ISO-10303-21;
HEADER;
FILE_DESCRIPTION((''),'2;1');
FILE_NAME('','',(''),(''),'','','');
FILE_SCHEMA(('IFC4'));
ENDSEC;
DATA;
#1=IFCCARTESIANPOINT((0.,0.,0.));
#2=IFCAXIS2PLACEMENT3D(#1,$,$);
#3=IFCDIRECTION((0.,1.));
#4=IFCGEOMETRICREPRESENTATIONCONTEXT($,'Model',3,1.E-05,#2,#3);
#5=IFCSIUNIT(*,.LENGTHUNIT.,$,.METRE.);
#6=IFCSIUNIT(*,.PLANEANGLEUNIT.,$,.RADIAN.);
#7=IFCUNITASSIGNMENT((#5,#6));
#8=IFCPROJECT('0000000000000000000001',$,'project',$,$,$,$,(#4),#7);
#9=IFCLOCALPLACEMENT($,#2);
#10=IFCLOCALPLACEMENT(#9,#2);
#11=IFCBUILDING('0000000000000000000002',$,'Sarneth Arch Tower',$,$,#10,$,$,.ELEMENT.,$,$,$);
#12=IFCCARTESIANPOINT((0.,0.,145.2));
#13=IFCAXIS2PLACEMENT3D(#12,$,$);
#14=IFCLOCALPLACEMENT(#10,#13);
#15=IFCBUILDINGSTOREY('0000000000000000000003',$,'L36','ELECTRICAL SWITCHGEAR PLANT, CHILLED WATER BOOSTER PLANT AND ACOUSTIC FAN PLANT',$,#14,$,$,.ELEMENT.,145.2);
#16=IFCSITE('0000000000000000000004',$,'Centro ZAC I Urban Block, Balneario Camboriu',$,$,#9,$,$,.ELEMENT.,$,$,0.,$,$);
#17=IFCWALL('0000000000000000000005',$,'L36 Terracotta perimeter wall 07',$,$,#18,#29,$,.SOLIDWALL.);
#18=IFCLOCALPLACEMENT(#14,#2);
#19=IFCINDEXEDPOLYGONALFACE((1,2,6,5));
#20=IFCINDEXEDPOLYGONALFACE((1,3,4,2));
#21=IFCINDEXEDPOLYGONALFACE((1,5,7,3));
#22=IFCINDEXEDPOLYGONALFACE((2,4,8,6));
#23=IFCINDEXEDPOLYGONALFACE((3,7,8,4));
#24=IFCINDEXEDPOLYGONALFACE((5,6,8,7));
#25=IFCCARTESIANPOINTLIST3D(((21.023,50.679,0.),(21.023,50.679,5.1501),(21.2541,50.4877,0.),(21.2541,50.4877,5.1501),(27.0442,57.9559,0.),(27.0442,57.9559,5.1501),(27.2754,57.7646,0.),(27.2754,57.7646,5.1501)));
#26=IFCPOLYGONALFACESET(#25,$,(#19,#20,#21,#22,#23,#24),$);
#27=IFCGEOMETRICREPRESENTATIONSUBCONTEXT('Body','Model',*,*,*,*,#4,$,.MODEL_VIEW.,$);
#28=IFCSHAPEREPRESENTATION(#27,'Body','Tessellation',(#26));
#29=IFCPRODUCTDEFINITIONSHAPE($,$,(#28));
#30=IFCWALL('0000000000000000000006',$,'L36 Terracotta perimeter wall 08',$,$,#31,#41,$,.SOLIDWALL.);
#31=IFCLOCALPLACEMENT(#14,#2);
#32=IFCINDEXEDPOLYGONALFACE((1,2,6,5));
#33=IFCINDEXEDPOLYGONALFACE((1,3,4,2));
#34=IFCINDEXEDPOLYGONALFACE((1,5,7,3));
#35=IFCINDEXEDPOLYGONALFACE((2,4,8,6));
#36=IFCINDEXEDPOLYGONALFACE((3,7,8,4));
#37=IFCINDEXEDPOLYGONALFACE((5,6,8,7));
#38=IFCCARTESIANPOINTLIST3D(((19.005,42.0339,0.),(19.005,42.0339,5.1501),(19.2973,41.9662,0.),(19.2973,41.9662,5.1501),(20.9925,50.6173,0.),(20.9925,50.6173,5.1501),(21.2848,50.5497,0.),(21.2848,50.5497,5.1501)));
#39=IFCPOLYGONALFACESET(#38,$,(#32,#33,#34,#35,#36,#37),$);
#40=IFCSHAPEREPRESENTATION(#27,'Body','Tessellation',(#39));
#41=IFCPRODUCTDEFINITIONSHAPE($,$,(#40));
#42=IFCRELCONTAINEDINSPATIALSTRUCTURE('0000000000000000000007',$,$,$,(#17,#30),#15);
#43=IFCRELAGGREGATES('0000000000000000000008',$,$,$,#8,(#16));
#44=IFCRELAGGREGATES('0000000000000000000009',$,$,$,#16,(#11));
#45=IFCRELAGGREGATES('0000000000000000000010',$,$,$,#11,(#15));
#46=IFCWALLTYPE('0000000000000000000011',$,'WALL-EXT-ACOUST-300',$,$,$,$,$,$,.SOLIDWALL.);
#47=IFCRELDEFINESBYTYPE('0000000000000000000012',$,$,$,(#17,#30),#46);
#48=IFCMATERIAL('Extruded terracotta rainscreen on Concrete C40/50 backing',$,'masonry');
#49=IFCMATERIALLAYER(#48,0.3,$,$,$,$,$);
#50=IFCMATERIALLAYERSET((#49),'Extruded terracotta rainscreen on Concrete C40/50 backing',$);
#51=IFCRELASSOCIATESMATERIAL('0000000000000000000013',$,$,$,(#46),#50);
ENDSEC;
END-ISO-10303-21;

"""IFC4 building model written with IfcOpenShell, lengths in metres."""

from ifc_helpers import new_model, si_unit, direction, frame, frame_2d, origin, place, context, subcontext, project, spatial, rectangle, extrude, material, layer, layer_set, type_object, element, save


model = new_model("IFC4")

# Units and contexts
model_context = context("Model", 3, precision=1e-05, world=origin(), true_north=direction((0.0, 1.0)))
body_context = subcontext(model_context, "Body", "Model", "MODEL_VIEW")
ifc_project = project(units=[si_unit("LENGTHUNIT", "METRE"), si_unit("PLANEANGLEUNIT", "RADIAN")], contexts=[model_context])

# Site, building, storey
site_placement = place(None, origin())
site = spatial("IfcSite", under=ifc_project, at=site_placement, Name="Centro ZAC I Urban Block, Balneario Camboriu", CompositionType="ELEMENT", RefElevation=0.0)
building_placement = place(site_placement, origin())
building = spatial("IfcBuilding", under=site, at=building_placement, Name="Sarneth Arch Tower", CompositionType="ELEMENT")
storey_placement = place(building_placement, frame((0.0, 0.0, 145.2)))
storey = spatial("IfcBuildingStorey", under=building, at=storey_placement, Name="L36", Description="ELECTRICAL SWITCHGEAR PLANT, CHILLED WATER BOOSTER PLANT AND ACOUSTIC FAN PLANT", CompositionType="ELEMENT", Elevation=145.2)

# Walls
ifc_material_1 = material(Name="Extruded terracotta rainscreen on Concrete C40/50 backing", Category="masonry")
ifc_layer_1 = layer(ifc_material_1, 0.3)
ifc_layer_set_1 = layer_set([ifc_layer_1], Name="Extruded terracotta rainscreen on Concrete C40/50 backing")
wall_type = type_object("IfcWallType", Name="WALL-EXT-ACOUST-300", PredefinedType="SOLIDWALL", material=ifc_layer_set_1)
wall_1_placement = place(storey_placement, frame((27.1599, 57.8604, 0.0), z_axis=(0.0, 0.0, 1.0), x_axis=(-0.637506, -0.770446, 0.0)))
element("IfcWall", 1, at=wall_1_placement, inside=storey, type_object=wall_type, Name="L36 Terracotta perimeter wall 07", PredefinedType="SOLIDWALL", context=body_context, shape_type="SweptSolid", body=[
    extrude(rectangle(XDim=9.4451, YDim=0.3, at=frame_2d((4.7227, 0.0))), origin(), (0.0, 0.0, 1.0), 5.1501),
])
wall_2_placement = place(storey_placement, frame((21.1387, 50.5835, 0.0), z_axis=(0.0, 0.0, 1.0), x_axis=(-0.225586, -0.974223, 0.0)))
element("IfcWall", 2, at=wall_2_placement, inside=storey, type_object=wall_type, Name="L36 Terracotta perimeter wall 08", PredefinedType="SOLIDWALL", context=body_context, shape_type="SweptSolid", body=[
    extrude(rectangle(XDim=8.8105, YDim=0.3, at=frame_2d((4.4053, 0.0))), origin(), (0.0, 0.0, 1.0), 5.1501),
])

save(model, "model.ifc")
